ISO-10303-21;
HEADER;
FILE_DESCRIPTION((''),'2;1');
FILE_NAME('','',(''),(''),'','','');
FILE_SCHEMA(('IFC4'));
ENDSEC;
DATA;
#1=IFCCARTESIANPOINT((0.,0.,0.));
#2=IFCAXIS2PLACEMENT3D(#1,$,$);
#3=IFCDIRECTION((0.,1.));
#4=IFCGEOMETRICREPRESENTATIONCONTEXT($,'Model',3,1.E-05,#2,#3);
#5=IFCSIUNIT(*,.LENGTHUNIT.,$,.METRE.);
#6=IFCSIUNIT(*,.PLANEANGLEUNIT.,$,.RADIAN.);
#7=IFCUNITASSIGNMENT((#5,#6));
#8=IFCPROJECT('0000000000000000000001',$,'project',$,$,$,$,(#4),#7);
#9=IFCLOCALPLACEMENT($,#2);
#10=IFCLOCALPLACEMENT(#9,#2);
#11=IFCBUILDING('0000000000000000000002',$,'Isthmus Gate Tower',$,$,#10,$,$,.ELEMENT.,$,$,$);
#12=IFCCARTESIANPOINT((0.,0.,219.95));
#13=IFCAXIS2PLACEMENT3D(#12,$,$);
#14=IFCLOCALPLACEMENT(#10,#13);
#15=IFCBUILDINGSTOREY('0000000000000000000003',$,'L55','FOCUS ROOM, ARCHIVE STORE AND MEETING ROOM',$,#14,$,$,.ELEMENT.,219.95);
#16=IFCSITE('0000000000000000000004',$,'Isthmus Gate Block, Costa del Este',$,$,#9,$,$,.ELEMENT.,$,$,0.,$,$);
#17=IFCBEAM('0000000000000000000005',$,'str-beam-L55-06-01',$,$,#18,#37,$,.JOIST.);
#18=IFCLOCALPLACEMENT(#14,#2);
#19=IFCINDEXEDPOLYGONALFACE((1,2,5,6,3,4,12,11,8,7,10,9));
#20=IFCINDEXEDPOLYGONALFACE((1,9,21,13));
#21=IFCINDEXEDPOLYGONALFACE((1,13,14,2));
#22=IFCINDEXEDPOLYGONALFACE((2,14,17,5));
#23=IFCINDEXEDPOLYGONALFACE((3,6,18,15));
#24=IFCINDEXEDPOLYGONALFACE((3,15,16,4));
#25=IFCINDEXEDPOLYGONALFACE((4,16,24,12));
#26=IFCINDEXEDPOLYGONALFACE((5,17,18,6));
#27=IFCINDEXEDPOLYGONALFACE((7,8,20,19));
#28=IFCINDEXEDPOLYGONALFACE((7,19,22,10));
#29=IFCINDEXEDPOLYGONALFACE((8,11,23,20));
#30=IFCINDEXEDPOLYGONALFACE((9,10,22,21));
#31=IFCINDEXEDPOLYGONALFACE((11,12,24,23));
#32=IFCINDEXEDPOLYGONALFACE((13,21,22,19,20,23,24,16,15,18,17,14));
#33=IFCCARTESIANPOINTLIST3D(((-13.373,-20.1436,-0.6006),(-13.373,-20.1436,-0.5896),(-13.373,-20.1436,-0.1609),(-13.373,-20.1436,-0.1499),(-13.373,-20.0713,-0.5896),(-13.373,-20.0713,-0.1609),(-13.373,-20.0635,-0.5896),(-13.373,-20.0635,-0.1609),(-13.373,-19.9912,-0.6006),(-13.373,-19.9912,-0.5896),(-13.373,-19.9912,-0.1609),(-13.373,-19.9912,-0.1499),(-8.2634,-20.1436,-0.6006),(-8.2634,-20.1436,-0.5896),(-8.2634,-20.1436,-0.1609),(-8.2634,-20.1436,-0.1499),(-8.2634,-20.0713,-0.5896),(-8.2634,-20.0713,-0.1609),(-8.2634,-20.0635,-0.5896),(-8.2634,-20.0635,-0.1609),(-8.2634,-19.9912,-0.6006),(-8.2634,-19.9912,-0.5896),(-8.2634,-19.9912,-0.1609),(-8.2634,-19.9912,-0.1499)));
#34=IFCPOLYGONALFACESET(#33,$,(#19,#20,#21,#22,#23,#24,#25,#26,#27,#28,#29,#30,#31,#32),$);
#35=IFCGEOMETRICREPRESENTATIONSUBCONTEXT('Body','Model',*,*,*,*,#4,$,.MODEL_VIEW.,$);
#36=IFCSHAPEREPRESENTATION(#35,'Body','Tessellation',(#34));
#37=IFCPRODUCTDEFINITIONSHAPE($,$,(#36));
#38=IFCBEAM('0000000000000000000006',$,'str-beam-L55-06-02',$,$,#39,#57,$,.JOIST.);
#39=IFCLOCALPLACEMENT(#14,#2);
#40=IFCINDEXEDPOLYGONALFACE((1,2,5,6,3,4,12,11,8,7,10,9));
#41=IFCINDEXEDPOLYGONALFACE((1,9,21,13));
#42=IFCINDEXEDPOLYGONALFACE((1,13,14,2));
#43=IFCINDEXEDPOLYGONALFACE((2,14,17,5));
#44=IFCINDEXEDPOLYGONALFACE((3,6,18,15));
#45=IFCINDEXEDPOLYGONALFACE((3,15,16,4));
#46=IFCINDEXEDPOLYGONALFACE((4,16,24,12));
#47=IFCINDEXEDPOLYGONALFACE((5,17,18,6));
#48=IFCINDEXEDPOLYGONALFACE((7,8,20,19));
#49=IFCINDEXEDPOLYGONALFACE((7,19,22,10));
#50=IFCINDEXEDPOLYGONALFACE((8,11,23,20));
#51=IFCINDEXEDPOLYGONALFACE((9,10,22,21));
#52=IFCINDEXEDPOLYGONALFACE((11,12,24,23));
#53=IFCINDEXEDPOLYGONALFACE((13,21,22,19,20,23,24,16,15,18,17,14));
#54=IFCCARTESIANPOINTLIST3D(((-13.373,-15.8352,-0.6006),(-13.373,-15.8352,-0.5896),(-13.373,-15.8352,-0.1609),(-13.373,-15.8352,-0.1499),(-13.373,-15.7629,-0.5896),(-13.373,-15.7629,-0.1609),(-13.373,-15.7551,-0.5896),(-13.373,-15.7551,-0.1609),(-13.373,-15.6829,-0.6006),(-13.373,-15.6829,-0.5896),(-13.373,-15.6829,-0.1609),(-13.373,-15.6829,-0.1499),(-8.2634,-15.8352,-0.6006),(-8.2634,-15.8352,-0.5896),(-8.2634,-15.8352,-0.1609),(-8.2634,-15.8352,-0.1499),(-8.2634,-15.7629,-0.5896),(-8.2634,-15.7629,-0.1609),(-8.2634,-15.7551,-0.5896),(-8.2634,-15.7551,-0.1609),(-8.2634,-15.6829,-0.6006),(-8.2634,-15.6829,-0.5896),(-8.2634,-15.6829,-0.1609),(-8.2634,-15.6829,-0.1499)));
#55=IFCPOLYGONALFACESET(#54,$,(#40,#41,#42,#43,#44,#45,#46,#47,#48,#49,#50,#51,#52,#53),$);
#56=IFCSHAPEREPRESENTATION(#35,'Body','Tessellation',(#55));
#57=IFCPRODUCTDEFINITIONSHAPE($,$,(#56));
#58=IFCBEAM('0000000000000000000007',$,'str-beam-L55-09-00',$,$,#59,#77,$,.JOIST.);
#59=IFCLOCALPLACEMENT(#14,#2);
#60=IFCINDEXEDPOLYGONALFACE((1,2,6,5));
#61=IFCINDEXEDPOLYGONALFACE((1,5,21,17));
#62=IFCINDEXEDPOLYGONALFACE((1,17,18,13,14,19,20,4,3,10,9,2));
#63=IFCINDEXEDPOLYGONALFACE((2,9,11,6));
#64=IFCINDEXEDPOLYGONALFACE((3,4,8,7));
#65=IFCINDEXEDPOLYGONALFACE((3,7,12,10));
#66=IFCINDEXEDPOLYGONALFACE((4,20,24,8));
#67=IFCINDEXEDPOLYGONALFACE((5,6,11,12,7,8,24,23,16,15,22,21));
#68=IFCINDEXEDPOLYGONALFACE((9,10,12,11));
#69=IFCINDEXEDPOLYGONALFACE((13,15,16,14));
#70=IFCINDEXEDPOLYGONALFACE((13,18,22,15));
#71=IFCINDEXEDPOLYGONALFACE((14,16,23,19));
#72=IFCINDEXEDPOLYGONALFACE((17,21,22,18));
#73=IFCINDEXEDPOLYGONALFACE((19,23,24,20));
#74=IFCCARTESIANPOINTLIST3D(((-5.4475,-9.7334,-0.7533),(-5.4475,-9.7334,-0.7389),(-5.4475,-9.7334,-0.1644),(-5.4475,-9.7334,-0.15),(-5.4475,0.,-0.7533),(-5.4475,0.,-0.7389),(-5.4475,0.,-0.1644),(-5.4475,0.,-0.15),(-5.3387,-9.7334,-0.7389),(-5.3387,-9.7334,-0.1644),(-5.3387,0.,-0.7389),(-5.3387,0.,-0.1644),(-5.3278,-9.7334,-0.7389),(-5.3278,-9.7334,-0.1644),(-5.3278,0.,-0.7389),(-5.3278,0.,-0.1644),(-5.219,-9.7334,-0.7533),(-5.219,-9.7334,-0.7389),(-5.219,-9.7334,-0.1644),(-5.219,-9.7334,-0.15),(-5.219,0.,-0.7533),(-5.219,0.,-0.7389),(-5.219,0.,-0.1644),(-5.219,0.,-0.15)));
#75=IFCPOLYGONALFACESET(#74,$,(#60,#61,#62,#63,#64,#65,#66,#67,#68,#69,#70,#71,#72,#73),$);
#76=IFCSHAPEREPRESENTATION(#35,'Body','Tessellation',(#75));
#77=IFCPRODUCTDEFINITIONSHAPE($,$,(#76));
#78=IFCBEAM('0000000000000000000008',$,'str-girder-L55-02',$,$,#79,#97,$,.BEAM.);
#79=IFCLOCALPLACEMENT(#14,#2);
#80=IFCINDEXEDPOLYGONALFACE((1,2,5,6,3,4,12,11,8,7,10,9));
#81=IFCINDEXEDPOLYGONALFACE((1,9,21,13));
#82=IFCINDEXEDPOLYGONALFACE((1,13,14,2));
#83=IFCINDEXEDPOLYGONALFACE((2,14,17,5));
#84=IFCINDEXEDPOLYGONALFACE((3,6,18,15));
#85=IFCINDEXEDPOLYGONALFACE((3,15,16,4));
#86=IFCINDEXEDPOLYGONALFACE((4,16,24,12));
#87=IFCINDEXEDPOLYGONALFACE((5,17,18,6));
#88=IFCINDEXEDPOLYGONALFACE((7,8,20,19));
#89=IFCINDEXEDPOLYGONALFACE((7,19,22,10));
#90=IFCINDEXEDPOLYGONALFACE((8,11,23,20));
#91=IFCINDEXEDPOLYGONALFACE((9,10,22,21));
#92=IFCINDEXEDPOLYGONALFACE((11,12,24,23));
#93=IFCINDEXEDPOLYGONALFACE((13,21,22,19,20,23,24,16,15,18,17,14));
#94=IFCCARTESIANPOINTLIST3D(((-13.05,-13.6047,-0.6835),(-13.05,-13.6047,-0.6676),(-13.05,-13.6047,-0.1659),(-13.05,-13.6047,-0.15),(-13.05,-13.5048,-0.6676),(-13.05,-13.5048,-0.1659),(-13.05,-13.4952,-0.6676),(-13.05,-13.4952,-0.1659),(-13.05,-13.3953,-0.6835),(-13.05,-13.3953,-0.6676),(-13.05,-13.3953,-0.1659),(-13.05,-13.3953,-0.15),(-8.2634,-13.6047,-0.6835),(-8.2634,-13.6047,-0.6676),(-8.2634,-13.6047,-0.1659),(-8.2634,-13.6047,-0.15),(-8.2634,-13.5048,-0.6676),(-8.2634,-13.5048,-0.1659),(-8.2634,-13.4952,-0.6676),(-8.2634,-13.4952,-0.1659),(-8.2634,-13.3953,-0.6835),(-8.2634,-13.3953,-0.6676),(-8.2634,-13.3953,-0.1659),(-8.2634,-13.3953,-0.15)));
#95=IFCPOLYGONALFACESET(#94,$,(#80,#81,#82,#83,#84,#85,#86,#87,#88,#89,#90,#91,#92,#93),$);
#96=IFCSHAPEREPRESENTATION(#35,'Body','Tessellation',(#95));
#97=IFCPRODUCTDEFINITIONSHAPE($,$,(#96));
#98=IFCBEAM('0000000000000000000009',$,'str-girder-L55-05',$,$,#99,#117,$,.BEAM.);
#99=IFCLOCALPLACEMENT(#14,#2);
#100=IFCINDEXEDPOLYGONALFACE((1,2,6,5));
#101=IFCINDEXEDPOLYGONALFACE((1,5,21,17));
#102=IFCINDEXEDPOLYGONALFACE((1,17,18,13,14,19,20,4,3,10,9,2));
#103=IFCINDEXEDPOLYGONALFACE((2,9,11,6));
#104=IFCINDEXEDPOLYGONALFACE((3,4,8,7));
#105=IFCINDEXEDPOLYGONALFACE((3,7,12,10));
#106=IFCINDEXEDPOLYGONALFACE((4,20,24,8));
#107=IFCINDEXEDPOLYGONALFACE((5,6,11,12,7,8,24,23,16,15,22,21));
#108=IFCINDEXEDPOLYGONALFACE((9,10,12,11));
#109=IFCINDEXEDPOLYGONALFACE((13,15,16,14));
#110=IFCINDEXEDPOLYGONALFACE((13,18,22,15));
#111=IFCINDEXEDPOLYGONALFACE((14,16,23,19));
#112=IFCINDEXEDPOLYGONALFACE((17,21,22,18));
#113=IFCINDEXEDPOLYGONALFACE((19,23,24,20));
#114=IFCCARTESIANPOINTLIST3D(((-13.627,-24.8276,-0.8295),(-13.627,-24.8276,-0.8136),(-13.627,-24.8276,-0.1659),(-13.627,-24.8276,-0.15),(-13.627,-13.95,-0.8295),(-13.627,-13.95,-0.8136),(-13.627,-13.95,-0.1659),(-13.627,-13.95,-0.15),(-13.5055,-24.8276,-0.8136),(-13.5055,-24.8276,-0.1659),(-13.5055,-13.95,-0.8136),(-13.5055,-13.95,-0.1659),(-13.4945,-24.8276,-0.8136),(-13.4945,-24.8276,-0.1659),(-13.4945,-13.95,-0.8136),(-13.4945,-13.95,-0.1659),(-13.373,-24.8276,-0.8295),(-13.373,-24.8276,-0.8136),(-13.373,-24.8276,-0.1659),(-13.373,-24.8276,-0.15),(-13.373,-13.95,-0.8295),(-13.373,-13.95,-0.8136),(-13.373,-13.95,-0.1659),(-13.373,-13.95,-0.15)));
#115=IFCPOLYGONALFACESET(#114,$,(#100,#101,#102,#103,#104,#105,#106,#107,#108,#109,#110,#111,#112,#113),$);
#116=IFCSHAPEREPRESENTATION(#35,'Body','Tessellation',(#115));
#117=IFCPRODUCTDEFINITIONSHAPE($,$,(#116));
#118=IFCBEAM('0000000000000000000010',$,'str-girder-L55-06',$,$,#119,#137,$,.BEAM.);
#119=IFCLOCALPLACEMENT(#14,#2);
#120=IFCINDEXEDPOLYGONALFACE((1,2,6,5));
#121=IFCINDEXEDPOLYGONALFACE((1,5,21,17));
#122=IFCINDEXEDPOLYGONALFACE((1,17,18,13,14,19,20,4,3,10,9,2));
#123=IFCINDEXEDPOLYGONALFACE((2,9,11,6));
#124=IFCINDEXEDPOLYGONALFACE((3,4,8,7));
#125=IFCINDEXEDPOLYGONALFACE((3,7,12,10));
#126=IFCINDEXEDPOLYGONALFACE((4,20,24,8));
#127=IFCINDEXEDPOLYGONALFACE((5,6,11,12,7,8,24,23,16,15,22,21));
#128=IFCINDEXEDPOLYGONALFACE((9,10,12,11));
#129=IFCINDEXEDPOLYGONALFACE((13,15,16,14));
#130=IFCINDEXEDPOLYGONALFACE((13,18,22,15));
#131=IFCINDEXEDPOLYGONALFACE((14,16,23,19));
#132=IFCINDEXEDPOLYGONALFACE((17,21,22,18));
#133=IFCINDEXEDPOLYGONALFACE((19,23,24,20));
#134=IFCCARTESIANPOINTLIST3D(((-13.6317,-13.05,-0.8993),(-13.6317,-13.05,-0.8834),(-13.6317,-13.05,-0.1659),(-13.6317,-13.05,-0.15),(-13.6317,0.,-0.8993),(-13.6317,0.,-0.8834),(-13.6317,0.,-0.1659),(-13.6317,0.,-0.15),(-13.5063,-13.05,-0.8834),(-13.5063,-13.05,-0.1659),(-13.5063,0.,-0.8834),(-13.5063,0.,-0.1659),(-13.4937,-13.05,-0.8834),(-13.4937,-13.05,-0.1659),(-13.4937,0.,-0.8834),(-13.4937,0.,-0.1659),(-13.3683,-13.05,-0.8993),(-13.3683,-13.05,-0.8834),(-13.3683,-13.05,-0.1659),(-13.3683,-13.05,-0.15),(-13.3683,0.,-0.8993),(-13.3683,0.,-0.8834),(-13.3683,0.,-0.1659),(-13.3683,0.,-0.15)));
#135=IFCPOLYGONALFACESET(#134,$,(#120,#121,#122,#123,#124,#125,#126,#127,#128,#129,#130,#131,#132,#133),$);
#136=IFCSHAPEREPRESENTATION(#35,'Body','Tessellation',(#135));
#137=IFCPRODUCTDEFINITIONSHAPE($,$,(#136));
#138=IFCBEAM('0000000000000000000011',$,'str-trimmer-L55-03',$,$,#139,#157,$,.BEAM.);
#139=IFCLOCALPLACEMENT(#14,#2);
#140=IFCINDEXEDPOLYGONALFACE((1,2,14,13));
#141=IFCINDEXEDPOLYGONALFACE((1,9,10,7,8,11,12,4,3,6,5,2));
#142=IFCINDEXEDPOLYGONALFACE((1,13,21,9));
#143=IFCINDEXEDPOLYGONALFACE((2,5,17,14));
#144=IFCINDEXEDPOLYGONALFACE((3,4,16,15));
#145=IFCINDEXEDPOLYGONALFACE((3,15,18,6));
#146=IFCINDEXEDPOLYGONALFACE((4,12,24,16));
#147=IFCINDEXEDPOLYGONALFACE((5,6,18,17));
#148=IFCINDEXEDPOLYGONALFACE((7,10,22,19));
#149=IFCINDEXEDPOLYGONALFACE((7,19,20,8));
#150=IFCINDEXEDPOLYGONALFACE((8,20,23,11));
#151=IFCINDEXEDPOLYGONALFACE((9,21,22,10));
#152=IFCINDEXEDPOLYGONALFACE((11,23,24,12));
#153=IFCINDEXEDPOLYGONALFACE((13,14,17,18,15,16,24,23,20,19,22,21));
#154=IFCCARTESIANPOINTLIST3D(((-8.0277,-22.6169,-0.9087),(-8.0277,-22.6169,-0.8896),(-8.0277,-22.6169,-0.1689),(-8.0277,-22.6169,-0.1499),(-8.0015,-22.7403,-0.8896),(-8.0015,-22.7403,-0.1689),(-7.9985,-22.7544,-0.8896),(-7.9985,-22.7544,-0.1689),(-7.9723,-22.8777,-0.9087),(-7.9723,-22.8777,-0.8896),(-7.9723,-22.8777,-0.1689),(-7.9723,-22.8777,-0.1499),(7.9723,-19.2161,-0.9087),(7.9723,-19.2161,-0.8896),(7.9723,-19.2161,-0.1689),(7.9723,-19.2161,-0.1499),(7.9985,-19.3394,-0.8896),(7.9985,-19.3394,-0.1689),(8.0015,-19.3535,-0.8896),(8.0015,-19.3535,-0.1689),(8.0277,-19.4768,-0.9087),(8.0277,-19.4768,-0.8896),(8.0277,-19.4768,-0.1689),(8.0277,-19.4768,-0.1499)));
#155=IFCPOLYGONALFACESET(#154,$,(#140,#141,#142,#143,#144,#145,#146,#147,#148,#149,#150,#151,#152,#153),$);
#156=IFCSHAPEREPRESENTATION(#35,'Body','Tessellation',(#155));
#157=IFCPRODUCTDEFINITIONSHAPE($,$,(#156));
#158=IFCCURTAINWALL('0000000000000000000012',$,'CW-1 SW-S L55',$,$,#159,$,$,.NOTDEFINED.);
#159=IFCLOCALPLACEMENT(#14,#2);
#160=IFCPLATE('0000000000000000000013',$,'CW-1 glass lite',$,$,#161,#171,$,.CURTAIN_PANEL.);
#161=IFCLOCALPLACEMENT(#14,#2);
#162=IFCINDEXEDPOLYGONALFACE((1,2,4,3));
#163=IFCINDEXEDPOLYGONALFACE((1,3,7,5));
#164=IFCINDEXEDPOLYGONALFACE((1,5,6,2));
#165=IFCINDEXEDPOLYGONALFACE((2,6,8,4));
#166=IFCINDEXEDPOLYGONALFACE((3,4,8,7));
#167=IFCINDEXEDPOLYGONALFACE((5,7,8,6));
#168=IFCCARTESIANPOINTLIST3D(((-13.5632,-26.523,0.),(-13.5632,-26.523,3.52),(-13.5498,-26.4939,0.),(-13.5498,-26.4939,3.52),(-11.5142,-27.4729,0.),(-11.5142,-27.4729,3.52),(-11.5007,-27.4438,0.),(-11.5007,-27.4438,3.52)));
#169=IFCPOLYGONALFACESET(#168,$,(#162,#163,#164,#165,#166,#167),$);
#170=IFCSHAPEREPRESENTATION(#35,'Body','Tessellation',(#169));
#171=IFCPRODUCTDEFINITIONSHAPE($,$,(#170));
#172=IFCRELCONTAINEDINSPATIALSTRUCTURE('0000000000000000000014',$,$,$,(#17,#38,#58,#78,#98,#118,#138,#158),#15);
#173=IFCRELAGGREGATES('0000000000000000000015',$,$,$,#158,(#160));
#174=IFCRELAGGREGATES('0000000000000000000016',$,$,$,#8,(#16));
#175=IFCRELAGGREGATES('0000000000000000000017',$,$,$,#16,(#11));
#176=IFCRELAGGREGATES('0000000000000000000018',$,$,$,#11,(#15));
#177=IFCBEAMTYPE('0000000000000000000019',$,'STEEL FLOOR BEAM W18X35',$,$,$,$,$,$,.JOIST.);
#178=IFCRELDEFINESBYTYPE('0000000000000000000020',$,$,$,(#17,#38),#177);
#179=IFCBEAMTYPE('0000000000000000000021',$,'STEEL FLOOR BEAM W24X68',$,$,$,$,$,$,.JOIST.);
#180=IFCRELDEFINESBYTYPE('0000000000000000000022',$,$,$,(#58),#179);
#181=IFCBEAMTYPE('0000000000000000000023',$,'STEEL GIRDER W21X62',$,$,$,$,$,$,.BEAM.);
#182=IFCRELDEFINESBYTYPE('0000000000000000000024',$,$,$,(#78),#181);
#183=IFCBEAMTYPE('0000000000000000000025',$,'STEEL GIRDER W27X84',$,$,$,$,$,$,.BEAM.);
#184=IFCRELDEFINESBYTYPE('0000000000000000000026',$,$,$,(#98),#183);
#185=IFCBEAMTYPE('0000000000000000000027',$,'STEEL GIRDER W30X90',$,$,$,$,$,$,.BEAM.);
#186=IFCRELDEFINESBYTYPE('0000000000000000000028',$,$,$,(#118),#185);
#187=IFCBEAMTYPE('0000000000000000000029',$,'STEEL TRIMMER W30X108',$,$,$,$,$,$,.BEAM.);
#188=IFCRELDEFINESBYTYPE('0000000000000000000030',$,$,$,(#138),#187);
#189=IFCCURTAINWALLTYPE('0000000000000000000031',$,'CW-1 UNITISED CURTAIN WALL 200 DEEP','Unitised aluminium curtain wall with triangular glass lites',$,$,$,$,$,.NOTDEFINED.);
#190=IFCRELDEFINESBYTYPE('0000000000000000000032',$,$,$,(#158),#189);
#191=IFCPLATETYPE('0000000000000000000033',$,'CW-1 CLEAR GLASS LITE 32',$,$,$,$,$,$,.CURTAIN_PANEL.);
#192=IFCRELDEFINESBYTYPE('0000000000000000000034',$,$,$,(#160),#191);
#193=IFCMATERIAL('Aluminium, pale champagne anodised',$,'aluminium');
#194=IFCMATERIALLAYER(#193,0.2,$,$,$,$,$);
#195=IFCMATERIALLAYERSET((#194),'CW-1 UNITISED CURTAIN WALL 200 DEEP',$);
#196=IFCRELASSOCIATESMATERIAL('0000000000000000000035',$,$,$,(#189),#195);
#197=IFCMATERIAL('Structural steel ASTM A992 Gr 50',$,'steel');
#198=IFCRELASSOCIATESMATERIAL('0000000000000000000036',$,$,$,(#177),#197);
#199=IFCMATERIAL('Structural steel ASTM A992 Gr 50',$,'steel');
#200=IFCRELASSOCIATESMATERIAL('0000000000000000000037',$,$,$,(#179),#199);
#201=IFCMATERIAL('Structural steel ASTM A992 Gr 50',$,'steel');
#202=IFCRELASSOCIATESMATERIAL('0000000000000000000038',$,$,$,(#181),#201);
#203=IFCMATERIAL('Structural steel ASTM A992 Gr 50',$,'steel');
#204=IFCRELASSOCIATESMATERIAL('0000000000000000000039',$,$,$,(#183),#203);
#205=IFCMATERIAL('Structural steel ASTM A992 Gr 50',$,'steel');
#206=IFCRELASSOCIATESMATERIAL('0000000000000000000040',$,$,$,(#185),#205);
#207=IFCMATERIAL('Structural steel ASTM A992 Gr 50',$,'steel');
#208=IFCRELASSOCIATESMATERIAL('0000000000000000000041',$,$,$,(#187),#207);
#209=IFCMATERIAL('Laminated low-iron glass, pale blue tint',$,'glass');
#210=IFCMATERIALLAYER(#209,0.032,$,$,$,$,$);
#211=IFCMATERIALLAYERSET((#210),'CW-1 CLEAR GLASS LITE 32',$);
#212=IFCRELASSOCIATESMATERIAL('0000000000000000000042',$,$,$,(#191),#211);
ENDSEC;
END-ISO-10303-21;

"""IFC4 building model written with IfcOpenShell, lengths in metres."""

from ifc_helpers import new_model, si_unit, direction, frame, origin, origin_2d, place, context, subcontext, project, spatial, rectangle, i_section, extrude, material, layer, layer_set, material_profile, profile_set, type_object, element, aggregate, save


model = new_model("IFC4")

# Units and contexts
model_context = context("Model", 3, precision=1e-05, world=origin(), true_north=direction((0.0, 1.0)))
body_context = subcontext(model_context, "Body", "Model", "MODEL_VIEW")
ifc_project = project(units=[si_unit("LENGTHUNIT", "METRE"), si_unit("PLANEANGLEUNIT", "RADIAN")], contexts=[model_context])

# Site, building, storey
site_placement = place(None, origin())
site = spatial("IfcSite", under=ifc_project, at=site_placement, Name="Isthmus Gate Block, Costa del Este", CompositionType="ELEMENT", RefElevation=0.0)
building_placement = place(site_placement, origin())
building = spatial("IfcBuilding", under=site, at=building_placement, Name="Isthmus Gate Tower", CompositionType="ELEMENT")
storey_placement = place(building_placement, frame((0.0, 0.0, 219.95)))
storey = spatial("IfcBuildingStorey", under=building, at=storey_placement, Name="L55", Description="FOCUS ROOM, ARCHIVE STORE AND MEETING ROOM", CompositionType="ELEMENT", Elevation=219.95)

# Shared definitions
ifc_material_1 = material(Name="Aluminium, pale champagne anodised", Category="aluminium")
ifc_layer_1 = layer(ifc_material_1, 0.2)
ifc_layer_set_1 = layer_set([ifc_layer_1], Name="CW-1 UNITISED CURTAIN WALL 200 DEEP")
curtain_wall_type = type_object("IfcCurtainWallType", Name="CW-1 UNITISED CURTAIN WALL 200 DEEP", Description="Unitised aluminium curtain wall with triangular glass lites", PredefinedType="NOTDEFINED", material=ifc_layer_set_1)

# Beams
ifc_material_2 = material(Name="Structural steel ASTM A992 Gr 50", Category="steel")
ifc_material_profile_1 = material_profile(ifc_material_2, i_section(OverallWidth=0.1523, OverallDepth=0.4507, WebThickness=0.0078, FlangeThickness=0.011, at=origin_2d()), Name="W18X35")
ifc_profile_set_1 = profile_set([ifc_material_profile_1], Name="Structural steel ASTM A992 Gr 50")
beam_type_1 = type_object("IfcBeamType", Name="STEEL FLOOR BEAM W18X35", PredefinedType="JOIST", material=ifc_profile_set_1)
for number, where, z_axis, x_axis, name in (
    (1, (-13.373, -20.0674, -0.3752), (1.0, 0.0, 0.0), (0.0, 1.0, 0.0), "str-beam-L55-06-01"),
    (2, (-13.373, -15.759, -0.3752), (1.0, 0.0, 0.0), (0.0, 1.0, 0.0), "str-beam-L55-06-02"),
):
    element("IfcBeam", number, at=place(storey_placement, frame(where, z_axis=z_axis, x_axis=x_axis)), inside=storey, type_object=beam_type_1, Name=name, PredefinedType="JOIST", context=body_context, shape_type="SweptSolid", body=[
        extrude(i_section(OverallWidth=0.1523, OverallDepth=0.4507, WebThickness=0.0078, FlangeThickness=0.011, at=origin_2d()), origin(), (0.0, 0.0, 1.0), 5.1096),
    ])
ifc_material_3 = material(Name="Structural steel ASTM A992 Gr 50", Category="steel")
ifc_material_profile_2 = material_profile(ifc_material_3, i_section(OverallWidth=0.2285, OverallDepth=0.6033, WebThickness=0.011, FlangeThickness=0.0144, at=origin_2d()), Name="W24X68")
ifc_profile_set_2 = profile_set([ifc_material_profile_2], Name="Structural steel ASTM A992 Gr 50")
beam_type_2 = type_object("IfcBeamType", Name="STEEL FLOOR BEAM W24X68", PredefinedType="JOIST", material=ifc_profile_set_2)
beam_1_placement = place(storey_placement, frame((-5.3333, -9.7334, -0.4517), z_axis=(0.0, 1.0, 0.0), x_axis=(-1.0, 0.0, 0.0)))
element("IfcBeam", 3, at=beam_1_placement, inside=storey, type_object=beam_type_2, Name="str-beam-L55-09-00", PredefinedType="JOIST", context=body_context, shape_type="SweptSolid", body=[
    extrude(i_section(OverallWidth=0.2285, OverallDepth=0.6033, WebThickness=0.011, FlangeThickness=0.0144, at=origin_2d()), origin(), (0.0, 0.0, 1.0), 9.7334),
])
ifc_material_4 = material(Name="Structural steel ASTM A992 Gr 50", Category="steel")
ifc_material_profile_3 = material_profile(ifc_material_4, i_section(OverallWidth=0.2095, OverallDepth=0.5334, WebThickness=0.0095, FlangeThickness=0.0159, at=origin_2d()), Name="W21X62")
ifc_profile_set_3 = profile_set([ifc_material_profile_3], Name="Structural steel ASTM A992 Gr 50")
beam_type_3 = type_object("IfcBeamType", Name="STEEL GIRDER W21X62", PredefinedType="BEAM", material=ifc_profile_set_3)
beam_2_placement = place(storey_placement, frame((-13.05, -13.5, -0.4167), z_axis=(1.0, 0.0, 0.0), x_axis=(0.0, 1.0, 0.0)))
element("IfcBeam", 4, at=beam_2_placement, inside=storey, type_object=beam_type_3, Name="str-girder-L55-02", PredefinedType="BEAM", context=body_context, shape_type="SweptSolid", body=[
    extrude(i_section(OverallWidth=0.2095, OverallDepth=0.5334, WebThickness=0.0095, FlangeThickness=0.0159, at=origin_2d()), origin(), (0.0, 0.0, 1.0), 4.7866),
])
ifc_material_5 = material(Name="Structural steel ASTM A992 Gr 50", Category="steel")
ifc_material_profile_4 = material_profile(ifc_material_5, i_section(OverallWidth=0.2539, OverallDepth=0.6794, WebThickness=0.011, FlangeThickness=0.0159, at=origin_2d()), Name="W27X84")
ifc_profile_set_4 = profile_set([ifc_material_profile_4], Name="Structural steel ASTM A992 Gr 50")
beam_type_4 = type_object("IfcBeamType", Name="STEEL GIRDER W27X84", PredefinedType="BEAM", material=ifc_profile_set_4)
beam_3_placement = place(storey_placement, frame((-13.5, -24.8276, -0.4897), z_axis=(0.0, 1.0, 0.0), x_axis=(-1.0, 0.0, 0.0)))
element("IfcBeam", 5, at=beam_3_placement, inside=storey, type_object=beam_type_4, Name="str-girder-L55-05", PredefinedType="BEAM", context=body_context, shape_type="SweptSolid", body=[
    extrude(i_section(OverallWidth=0.2539, OverallDepth=0.6794, WebThickness=0.011, FlangeThickness=0.0159, at=origin_2d()), origin(), (0.0, 0.0, 1.0), 10.8777),
])
ifc_material_6 = material(Name="Structural steel ASTM A992 Gr 50", Category="steel")
ifc_material_profile_5 = material_profile(ifc_material_6, i_section(OverallWidth=0.2634, OverallDepth=0.7493, WebThickness=0.0127, FlangeThickness=0.0159, at=origin_2d()), Name="W30X90")
ifc_profile_set_5 = profile_set([ifc_material_profile_5], Name="Structural steel ASTM A992 Gr 50")
beam_type_5 = type_object("IfcBeamType", Name="STEEL GIRDER W30X90", PredefinedType="BEAM", material=ifc_profile_set_5)
beam_4_placement = place(storey_placement, frame((-13.5, -13.05, -0.5247), z_axis=(0.0, 1.0, 0.0), x_axis=(-1.0, 0.0, 0.0)))
element("IfcBeam", 6, at=beam_4_placement, inside=storey, type_object=beam_type_5, Name="str-girder-L55-06", PredefinedType="BEAM", context=body_context, shape_type="SweptSolid", body=[
    extrude(i_section(OverallWidth=0.2634, OverallDepth=0.7493, WebThickness=0.0127, FlangeThickness=0.0159, at=origin_2d()), origin(), (0.0, 0.0, 1.0), 13.05),
])
ifc_material_7 = material(Name="Structural steel ASTM A992 Gr 50", Category="steel")
ifc_material_profile_6 = material_profile(ifc_material_7, i_section(OverallWidth=0.2666, OverallDepth=0.7588, WebThickness=0.0144, FlangeThickness=0.019, at=origin_2d()), Name="W30X108")
ifc_profile_set_6 = profile_set([ifc_material_profile_6], Name="Structural steel ASTM A992 Gr 50")
beam_type_6 = type_object("IfcBeamType", Name="STEEL TRIMMER W30X108", PredefinedType="BEAM", material=ifc_profile_set_6)
beam_5_placement = place(storey_placement, frame((-8.0, -22.7473, -0.5293), z_axis=(0.978148, 0.20791, 0.0), x_axis=(-0.20791, 0.978148, 0.0)))
element("IfcBeam", 7, at=beam_5_placement, inside=storey, type_object=beam_type_6, Name="str-trimmer-L55-03", PredefinedType="BEAM", context=body_context, shape_type="SweptSolid", body=[
    extrude(i_section(OverallWidth=0.2666, OverallDepth=0.7588, WebThickness=0.0144, FlangeThickness=0.019, at=origin_2d()), origin(), (0.0, 0.0, 1.0), 16.3574),
])

# Curtain wall, plate
curtain_wall_1_placement = place(storey_placement, origin())
curtain_wall_1 = element("IfcCurtainWall", 8, at=curtain_wall_1_placement, inside=storey, type_object=curtain_wall_type, Name="CW-1 SW-S L55", PredefinedType="NOTDEFINED")
ifc_material_8 = material(Name="Laminated low-iron glass, pale blue tint", Category="glass")
ifc_layer_2 = layer(ifc_material_8, 0.032)
ifc_layer_set_2 = layer_set([ifc_layer_2], Name="CW-1 CLEAR GLASS LITE 32")
plate_type = type_object("IfcPlateType", Name="CW-1 CLEAR GLASS LITE 32", PredefinedType="CURTAIN_PANEL", material=ifc_layer_set_2)
plate_1_placement = place(storey_placement, frame((-12.532, -26.9834, 0.0), z_axis=(0.0, 0.0, 1.0), x_axis=(0.907256, -0.420578, 0.0)))
plate_1 = element("IfcPlate", 9, at=plate_1_placement, type_object=plate_type, Name="CW-1 glass lite", PredefinedType="CURTAIN_PANEL", context=body_context, shape_type="SweptSolid", body=[
    extrude(rectangle(XDim=2.2585, YDim=0.032, at=origin_2d()), origin(), (0.0, 0.0, 1.0), 3.52),
])
aggregate(curtain_wall_1, [plate_1])

save(model, "model.ifc")
